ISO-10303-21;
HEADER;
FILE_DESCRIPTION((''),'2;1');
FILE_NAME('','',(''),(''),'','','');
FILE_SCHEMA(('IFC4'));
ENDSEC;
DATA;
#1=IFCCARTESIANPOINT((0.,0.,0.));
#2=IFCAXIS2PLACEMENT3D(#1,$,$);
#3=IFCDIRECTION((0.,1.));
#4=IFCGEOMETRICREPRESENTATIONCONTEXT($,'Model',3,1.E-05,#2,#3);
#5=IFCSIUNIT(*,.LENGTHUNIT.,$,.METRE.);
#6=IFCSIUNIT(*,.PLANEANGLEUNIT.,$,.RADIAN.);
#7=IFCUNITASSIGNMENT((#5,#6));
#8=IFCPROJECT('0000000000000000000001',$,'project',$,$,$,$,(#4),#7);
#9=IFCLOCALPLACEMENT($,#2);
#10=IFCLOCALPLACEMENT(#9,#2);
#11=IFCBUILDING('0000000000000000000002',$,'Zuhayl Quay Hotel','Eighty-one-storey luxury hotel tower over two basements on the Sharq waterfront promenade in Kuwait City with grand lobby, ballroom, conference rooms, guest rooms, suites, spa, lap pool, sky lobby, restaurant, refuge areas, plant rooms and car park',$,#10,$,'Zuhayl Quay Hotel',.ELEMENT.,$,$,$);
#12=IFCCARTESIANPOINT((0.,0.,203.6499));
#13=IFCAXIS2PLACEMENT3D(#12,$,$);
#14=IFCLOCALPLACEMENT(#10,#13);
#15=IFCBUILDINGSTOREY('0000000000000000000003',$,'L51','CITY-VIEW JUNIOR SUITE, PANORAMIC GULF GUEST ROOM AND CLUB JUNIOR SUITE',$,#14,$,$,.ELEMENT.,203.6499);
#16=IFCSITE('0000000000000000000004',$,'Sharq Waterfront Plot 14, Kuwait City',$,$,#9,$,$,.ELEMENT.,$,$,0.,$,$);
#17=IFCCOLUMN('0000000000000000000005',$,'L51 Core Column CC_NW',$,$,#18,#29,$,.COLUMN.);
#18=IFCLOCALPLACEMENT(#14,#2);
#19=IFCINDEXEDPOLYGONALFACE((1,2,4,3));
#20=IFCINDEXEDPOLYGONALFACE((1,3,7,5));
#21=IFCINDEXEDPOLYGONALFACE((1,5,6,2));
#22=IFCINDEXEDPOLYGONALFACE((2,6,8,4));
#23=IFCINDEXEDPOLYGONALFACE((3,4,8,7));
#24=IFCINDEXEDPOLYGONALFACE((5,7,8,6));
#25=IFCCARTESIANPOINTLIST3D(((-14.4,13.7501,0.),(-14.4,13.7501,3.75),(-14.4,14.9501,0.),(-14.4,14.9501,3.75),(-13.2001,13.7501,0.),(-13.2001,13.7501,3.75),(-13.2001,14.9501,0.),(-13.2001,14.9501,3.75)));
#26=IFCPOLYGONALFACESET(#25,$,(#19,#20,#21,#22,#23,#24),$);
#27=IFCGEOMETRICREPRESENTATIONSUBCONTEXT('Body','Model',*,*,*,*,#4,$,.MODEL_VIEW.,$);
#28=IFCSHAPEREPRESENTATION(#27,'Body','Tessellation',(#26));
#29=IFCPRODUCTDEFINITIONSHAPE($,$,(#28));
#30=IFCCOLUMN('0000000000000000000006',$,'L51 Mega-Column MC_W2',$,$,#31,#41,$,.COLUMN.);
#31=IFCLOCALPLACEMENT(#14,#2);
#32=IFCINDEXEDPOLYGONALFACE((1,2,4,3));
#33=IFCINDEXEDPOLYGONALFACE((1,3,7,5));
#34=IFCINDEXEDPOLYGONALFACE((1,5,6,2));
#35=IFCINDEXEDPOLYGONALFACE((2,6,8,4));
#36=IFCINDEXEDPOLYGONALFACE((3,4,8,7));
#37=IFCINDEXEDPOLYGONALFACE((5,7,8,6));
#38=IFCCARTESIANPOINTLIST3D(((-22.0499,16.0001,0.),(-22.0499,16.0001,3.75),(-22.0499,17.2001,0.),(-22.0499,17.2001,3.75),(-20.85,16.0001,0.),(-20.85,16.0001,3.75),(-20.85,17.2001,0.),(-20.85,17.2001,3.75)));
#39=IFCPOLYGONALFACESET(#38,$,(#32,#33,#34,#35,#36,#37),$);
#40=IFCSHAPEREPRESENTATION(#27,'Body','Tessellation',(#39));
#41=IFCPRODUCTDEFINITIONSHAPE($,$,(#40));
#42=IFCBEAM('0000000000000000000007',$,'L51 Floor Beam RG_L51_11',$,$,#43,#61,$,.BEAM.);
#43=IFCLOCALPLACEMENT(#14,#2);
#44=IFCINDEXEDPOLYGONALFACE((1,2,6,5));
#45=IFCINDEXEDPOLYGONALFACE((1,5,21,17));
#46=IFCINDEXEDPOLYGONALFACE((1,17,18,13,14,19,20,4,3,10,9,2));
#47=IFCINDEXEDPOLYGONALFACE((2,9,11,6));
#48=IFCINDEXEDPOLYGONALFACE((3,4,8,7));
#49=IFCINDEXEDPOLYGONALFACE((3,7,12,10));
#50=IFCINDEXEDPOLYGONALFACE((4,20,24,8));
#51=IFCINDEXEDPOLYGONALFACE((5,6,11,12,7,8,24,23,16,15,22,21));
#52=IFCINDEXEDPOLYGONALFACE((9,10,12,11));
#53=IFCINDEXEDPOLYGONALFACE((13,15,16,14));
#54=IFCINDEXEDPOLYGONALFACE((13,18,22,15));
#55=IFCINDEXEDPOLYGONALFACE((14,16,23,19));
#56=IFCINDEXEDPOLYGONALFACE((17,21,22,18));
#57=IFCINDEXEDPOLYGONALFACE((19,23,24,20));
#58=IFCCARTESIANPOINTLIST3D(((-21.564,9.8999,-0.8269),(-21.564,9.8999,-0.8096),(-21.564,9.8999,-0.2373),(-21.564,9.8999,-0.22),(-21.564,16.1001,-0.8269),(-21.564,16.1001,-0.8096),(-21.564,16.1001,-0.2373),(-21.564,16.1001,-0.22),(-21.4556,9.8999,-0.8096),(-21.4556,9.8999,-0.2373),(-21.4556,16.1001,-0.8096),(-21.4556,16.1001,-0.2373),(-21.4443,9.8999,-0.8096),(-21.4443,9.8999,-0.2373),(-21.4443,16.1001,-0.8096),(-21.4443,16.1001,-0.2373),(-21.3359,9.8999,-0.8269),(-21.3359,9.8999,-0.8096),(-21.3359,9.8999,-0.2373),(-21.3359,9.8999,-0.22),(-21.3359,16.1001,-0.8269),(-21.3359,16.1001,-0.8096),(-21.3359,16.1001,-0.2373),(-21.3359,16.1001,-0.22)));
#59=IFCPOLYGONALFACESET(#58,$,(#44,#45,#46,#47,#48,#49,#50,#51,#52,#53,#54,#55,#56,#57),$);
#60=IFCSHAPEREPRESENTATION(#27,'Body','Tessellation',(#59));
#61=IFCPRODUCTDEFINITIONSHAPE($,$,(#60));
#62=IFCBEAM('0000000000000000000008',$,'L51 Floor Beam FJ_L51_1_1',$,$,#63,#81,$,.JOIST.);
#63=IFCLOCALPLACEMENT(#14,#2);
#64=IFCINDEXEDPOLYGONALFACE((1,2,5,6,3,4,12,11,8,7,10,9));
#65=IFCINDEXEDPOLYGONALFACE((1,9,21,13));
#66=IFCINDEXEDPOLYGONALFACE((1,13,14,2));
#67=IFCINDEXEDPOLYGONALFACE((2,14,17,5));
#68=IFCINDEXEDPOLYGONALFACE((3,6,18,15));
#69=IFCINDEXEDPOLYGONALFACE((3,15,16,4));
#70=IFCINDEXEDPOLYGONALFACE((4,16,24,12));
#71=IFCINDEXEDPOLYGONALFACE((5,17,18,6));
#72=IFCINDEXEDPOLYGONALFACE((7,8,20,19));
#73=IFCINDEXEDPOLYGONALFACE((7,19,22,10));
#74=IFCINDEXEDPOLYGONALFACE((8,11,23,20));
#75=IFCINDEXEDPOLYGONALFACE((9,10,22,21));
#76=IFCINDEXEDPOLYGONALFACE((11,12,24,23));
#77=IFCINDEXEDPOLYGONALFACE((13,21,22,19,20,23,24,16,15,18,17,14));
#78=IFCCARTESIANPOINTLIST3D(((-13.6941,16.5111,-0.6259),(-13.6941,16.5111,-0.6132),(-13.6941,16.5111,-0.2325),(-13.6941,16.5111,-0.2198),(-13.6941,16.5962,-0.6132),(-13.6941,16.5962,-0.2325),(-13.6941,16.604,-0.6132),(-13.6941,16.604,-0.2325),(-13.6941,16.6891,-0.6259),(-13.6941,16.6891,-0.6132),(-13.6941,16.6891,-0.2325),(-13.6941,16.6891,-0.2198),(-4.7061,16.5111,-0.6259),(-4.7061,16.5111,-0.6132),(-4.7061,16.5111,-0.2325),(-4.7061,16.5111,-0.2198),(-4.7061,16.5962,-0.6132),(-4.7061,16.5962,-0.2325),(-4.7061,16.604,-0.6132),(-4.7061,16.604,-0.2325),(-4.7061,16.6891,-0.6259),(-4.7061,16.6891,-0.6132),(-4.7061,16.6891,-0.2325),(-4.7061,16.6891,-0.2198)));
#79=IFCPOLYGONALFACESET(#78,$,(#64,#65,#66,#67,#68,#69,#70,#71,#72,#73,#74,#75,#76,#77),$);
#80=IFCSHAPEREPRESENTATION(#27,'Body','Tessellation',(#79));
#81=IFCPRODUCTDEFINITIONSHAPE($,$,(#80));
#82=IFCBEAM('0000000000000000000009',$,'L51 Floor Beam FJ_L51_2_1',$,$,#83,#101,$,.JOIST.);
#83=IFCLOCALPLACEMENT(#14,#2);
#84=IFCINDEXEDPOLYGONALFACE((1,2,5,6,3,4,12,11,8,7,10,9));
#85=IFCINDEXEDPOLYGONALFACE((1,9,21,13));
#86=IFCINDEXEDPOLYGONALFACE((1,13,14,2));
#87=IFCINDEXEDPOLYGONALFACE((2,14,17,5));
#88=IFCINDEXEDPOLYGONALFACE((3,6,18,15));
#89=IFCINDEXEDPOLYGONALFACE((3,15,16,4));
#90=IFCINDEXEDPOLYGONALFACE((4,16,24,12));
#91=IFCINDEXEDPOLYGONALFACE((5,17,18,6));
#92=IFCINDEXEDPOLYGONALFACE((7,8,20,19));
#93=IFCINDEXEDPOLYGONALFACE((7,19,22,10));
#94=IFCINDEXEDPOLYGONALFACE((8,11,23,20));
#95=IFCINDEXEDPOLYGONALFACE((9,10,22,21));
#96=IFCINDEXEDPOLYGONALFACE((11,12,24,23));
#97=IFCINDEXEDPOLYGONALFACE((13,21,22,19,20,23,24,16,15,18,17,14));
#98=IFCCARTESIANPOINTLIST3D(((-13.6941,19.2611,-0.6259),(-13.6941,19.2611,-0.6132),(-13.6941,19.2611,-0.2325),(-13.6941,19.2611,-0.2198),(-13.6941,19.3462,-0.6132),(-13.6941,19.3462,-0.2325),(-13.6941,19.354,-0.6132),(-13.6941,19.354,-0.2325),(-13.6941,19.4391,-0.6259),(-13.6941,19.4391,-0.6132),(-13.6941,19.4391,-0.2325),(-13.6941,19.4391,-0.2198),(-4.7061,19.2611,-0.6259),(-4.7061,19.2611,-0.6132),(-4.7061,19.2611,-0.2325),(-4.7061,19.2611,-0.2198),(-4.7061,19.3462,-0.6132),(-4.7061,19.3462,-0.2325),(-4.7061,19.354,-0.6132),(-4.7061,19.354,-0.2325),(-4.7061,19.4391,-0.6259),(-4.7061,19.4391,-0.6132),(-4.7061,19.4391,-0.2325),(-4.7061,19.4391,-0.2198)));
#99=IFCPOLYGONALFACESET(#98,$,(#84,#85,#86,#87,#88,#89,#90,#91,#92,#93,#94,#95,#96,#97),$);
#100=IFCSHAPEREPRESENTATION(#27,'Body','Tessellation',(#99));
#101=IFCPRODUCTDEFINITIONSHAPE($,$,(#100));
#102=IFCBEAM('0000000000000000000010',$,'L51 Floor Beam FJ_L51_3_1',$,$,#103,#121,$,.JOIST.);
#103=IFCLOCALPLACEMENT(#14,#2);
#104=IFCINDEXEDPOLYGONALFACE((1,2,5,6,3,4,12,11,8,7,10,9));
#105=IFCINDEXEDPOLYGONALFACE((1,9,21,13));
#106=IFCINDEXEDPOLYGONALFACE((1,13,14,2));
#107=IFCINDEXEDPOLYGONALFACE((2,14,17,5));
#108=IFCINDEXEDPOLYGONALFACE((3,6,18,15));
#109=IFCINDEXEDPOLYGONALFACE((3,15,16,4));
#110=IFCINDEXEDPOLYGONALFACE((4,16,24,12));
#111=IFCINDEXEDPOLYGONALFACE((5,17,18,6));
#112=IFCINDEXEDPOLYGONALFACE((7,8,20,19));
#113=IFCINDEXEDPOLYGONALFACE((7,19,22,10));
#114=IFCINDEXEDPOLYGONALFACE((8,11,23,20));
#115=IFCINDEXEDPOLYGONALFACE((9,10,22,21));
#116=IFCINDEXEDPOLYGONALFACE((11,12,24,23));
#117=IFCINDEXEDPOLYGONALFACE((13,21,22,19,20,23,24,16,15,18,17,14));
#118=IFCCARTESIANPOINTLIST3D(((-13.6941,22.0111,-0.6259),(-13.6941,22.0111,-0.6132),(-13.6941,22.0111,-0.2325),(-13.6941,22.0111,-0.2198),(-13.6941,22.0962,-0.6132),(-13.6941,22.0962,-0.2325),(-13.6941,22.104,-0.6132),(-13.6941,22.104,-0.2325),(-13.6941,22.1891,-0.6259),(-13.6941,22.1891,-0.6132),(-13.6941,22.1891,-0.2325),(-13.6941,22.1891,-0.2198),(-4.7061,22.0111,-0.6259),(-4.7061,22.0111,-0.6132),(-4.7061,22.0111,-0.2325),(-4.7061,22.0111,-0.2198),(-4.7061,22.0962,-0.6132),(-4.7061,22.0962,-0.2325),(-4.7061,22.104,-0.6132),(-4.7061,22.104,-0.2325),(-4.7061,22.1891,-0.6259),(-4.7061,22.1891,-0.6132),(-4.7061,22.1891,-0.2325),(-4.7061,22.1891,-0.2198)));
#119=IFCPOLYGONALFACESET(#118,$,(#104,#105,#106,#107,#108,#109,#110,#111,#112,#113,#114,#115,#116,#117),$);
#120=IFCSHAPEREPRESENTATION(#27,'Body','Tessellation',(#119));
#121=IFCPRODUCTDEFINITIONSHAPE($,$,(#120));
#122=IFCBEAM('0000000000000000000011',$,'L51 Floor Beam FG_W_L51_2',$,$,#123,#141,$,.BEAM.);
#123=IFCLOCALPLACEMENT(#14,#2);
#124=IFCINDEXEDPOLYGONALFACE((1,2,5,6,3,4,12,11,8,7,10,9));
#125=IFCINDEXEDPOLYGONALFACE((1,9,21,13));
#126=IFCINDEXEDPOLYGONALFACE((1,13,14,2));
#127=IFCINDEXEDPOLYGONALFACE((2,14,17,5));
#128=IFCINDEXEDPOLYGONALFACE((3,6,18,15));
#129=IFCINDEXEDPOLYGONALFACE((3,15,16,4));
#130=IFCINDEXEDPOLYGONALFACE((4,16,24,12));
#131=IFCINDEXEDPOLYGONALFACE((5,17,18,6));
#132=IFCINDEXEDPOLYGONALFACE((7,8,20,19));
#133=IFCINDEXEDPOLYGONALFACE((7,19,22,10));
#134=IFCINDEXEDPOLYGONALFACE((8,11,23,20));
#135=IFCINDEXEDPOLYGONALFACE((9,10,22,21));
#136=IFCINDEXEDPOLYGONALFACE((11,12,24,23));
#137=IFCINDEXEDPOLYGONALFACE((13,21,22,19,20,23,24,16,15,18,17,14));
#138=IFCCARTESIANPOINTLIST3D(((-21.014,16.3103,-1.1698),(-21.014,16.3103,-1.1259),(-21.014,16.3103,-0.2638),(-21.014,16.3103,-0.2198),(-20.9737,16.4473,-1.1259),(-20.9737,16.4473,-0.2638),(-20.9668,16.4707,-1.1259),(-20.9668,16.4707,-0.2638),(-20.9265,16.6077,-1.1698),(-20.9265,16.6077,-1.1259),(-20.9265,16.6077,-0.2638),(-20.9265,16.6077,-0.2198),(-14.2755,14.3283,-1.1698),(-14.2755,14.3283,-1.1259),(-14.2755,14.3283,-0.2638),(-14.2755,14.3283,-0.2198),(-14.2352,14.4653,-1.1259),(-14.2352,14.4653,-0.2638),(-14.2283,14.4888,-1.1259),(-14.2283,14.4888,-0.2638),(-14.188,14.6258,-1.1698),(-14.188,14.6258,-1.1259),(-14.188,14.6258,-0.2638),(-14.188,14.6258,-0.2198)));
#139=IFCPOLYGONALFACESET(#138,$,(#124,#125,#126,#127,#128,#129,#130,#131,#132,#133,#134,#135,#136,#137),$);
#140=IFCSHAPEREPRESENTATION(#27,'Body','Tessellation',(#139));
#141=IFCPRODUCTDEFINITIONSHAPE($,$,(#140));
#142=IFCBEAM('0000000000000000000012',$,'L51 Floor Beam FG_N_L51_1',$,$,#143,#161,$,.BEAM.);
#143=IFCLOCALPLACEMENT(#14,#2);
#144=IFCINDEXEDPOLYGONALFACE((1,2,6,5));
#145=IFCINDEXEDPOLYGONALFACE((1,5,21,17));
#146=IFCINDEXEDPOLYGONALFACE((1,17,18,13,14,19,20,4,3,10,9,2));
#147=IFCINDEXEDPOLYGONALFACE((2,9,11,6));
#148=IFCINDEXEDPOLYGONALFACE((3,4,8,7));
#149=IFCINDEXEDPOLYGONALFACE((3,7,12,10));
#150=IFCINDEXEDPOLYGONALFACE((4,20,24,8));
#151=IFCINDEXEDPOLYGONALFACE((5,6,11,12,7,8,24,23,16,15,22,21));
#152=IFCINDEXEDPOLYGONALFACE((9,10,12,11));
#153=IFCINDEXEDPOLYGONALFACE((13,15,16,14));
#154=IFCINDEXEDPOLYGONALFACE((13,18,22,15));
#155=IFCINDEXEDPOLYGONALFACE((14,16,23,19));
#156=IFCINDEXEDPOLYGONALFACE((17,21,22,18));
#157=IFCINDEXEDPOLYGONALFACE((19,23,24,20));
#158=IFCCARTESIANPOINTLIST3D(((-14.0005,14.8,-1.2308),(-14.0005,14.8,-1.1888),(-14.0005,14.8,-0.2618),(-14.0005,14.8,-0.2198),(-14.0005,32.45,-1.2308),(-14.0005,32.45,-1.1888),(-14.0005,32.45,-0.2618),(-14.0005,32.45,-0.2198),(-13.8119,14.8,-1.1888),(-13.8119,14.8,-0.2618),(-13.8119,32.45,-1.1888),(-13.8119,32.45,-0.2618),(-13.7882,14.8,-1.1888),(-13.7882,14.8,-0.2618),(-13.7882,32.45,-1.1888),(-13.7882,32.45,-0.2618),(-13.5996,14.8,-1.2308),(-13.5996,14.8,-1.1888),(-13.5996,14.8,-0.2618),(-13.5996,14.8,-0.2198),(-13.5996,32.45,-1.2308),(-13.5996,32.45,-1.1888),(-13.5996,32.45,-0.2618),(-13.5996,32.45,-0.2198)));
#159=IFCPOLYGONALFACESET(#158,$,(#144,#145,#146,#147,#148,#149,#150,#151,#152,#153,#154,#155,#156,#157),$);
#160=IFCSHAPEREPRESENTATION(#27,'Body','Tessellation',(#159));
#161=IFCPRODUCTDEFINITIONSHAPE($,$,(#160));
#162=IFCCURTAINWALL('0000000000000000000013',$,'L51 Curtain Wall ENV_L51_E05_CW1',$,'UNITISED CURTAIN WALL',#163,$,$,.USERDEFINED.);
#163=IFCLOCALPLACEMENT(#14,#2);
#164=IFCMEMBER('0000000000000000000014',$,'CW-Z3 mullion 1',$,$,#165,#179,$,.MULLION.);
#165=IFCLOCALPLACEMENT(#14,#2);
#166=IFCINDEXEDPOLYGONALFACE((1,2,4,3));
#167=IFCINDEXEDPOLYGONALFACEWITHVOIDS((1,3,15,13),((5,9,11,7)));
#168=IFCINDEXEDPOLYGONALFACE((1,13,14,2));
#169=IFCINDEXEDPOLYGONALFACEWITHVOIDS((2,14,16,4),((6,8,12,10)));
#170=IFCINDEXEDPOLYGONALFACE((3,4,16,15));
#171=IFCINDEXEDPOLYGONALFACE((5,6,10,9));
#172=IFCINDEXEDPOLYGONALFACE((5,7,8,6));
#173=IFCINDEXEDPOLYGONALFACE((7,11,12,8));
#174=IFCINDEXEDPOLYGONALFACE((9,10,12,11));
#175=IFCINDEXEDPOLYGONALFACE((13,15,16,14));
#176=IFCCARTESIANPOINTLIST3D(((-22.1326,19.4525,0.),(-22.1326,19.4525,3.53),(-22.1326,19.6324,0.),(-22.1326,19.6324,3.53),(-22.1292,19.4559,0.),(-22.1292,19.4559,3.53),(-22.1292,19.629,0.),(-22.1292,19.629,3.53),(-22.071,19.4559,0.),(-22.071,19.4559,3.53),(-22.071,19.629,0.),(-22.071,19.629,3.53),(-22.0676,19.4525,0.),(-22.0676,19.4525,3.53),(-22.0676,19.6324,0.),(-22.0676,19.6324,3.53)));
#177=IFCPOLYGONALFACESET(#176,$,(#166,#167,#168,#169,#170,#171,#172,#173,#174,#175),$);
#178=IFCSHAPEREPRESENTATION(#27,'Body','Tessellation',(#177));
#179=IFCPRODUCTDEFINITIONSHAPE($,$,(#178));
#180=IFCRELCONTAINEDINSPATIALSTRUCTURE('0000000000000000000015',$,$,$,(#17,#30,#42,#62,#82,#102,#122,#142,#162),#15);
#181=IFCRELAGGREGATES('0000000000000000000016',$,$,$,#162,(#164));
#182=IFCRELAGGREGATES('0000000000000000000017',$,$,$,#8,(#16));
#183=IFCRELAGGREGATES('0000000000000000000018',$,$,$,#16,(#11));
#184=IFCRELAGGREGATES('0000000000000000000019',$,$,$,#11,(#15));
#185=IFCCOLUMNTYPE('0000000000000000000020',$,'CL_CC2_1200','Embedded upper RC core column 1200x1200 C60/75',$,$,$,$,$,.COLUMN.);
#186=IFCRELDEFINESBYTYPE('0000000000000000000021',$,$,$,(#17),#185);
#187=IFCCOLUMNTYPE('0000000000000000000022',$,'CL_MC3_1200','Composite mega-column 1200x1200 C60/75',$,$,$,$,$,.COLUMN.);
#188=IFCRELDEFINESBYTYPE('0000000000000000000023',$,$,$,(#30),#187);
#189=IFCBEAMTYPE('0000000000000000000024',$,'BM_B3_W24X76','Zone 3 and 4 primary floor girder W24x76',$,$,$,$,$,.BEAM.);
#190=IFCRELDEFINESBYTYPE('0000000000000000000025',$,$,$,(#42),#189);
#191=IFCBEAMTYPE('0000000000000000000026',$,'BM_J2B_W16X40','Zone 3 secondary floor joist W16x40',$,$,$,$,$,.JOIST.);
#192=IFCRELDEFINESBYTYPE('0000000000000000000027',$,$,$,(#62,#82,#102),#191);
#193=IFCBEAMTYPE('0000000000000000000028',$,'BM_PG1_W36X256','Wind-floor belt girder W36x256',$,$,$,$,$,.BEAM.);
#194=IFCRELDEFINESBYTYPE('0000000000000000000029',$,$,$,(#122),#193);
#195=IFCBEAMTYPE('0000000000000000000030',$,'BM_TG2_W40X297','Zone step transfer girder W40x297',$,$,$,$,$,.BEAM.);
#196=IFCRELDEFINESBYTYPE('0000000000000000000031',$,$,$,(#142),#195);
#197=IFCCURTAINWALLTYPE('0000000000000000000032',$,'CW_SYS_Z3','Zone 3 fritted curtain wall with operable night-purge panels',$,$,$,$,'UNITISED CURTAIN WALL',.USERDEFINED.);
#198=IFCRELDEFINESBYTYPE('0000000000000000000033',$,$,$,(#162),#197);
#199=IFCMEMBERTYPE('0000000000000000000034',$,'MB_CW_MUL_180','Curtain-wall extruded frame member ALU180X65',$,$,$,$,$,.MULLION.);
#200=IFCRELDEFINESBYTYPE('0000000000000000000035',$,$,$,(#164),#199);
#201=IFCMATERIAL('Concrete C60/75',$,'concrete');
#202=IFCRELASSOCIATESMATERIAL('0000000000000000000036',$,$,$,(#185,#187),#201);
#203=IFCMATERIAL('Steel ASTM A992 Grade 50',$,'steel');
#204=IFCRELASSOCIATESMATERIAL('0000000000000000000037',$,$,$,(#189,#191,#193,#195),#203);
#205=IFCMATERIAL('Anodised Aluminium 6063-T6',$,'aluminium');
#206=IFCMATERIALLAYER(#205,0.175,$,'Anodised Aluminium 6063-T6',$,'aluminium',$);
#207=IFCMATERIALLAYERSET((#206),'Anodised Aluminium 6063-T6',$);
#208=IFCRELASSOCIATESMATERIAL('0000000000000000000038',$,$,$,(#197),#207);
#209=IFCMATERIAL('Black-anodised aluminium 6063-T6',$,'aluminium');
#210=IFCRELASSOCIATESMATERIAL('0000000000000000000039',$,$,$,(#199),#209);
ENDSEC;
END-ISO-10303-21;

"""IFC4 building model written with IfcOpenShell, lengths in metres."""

from ifc_helpers import new_model, si_unit, direction, frame, origin, origin_2d, place, context, subcontext, project, spatial, rectangle, hollow_rectangle, i_section, extrude, material, layer, layer_set, material_profile, profile_set, type_object, element, aggregate, save


model = new_model("IFC4")

# Units and contexts
model_context = context("Model", 3, precision=1e-05, world=origin(), true_north=direction((0.0, 1.0)))
body_context = subcontext(model_context, "Body", "Model", "MODEL_VIEW")
ifc_project = project(units=[si_unit("LENGTHUNIT", "METRE"), si_unit("PLANEANGLEUNIT", "RADIAN")], contexts=[model_context])

# Site, building, storey
site_placement = place(None, origin())
site = spatial("IfcSite", under=ifc_project, at=site_placement, Name="Sharq Waterfront Plot 14, Kuwait City", CompositionType="ELEMENT", RefElevation=0.0)
building_placement = place(site_placement, origin())
building = spatial("IfcBuilding", under=site, at=building_placement, Name="Zuhayl Quay Hotel", Description="Eighty-one-storey luxury hotel tower over two basements on the Sharq waterfront promenade in Kuwait City with grand lobby, ballroom, conference rooms, guest rooms, suites, spa, lap pool, sky lobby, restaurant, refuge areas, plant rooms and car park", LongName="Zuhayl Quay Hotel", CompositionType="ELEMENT")
storey_placement = place(building_placement, frame((0.0, 0.0, 203.6499)))
storey = spatial("IfcBuildingStorey", under=building, at=storey_placement, Name="L51", Description="CITY-VIEW JUNIOR SUITE, PANORAMIC GULF GUEST ROOM AND CLUB JUNIOR SUITE", CompositionType="ELEMENT", Elevation=203.6499)

# Columns
ifc_material_1 = material(Name="Concrete C60/75", Category="concrete")
ifc_material_profile_1 = material_profile(ifc_material_1, rectangle(XDim=1.2, YDim=1.2, at=origin_2d()), Name="RC1200X1200")
ifc_profile_set_1 = profile_set([ifc_material_profile_1], Name="Concrete C60/75")
column_type_1 = type_object("IfcColumnType", Name="CL_CC2_1200", Description="Embedded upper RC core column 1200x1200 C60/75", PredefinedType="COLUMN", material=ifc_profile_set_1)
column_1_placement = place(storey_placement, frame((-13.8, 14.3501, 0.0), z_axis=(0.0, 0.0, 1.0), x_axis=(1.0, 0.0, 0.0)))
element("IfcColumn", 1, at=column_1_placement, inside=storey, type_object=column_type_1, Name="L51 Core Column CC_NW", PredefinedType="COLUMN", context=body_context, shape_type="SweptSolid", body=[
    extrude(rectangle(XDim=1.2, YDim=1.2, at=origin_2d()), origin(), (0.0, 0.0, 1.0), 3.75),
])
ifc_material_profile_2 = material_profile(ifc_material_1, rectangle(XDim=1.2, YDim=1.2, at=origin_2d()), Name="RC1200X1200")
ifc_profile_set_2 = profile_set([ifc_material_profile_2], Name="Concrete C60/75")
column_type_2 = type_object("IfcColumnType", Name="CL_MC3_1200", Description="Composite mega-column 1200x1200 C60/75", PredefinedType="COLUMN", material=ifc_profile_set_2)
column_2_placement = place(storey_placement, frame((-21.45, 16.6001, 0.0), z_axis=(0.0, 0.0, 1.0), x_axis=(1.0, 0.0, 0.0)))
element("IfcColumn", 2, at=column_2_placement, inside=storey, type_object=column_type_2, Name="L51 Mega-Column MC_W2", PredefinedType="COLUMN", context=body_context, shape_type="SweptSolid", body=[
    extrude(rectangle(XDim=1.2, YDim=1.2, at=origin_2d()), origin(), (0.0, 0.0, 1.0), 3.75),
])

# Beams
ifc_material_2 = material(Name="Steel ASTM A992 Grade 50", Category="steel")
ifc_material_profile_3 = material_profile(ifc_material_2, i_section(OverallWidth=0.228, OverallDepth=0.6069, WebThickness=0.0112, FlangeThickness=0.0173, at=origin_2d()), Name="W24X76")
ifc_profile_set_3 = profile_set([ifc_material_profile_3], Name="Steel ASTM A992 Grade 50")
beam_type_1 = type_object("IfcBeamType", Name="BM_B3_W24X76", Description="Zone 3 and 4 primary floor girder W24x76", PredefinedType="BEAM", material=ifc_profile_set_3)
beam_1_placement = place(storey_placement, frame((-21.45, 16.1001, -0.5234), z_axis=(0.0, -1.0, 0.0), x_axis=(1.0, 0.0, 0.0)))
element("IfcBeam", 3, at=beam_1_placement, inside=storey, type_object=beam_type_1, Name="L51 Floor Beam RG_L51_11", PredefinedType="BEAM", context=body_context, shape_type="SweptSolid", body=[
    extrude(i_section(OverallWidth=0.228, OverallDepth=0.6069, WebThickness=0.0112, FlangeThickness=0.0173, at=origin_2d()), origin(), (0.0, 0.0, 1.0), 6.2002),
])
ifc_material_profile_4 = material_profile(ifc_material_2, i_section(OverallWidth=0.178, OverallDepth=0.406, WebThickness=0.0078, FlangeThickness=0.0127, at=origin_2d()), Name="W16X40")
ifc_profile_set_4 = profile_set([ifc_material_profile_4], Name="Steel ASTM A992 Grade 50")
beam_type_2 = type_object("IfcBeamType", Name="BM_J2B_W16X40", Description="Zone 3 secondary floor joist W16x40", PredefinedType="JOIST", material=ifc_profile_set_4)
for number, where, z_axis, x_axis, name in (
    (4, (-13.6941, 16.6001, -0.4229), (1.0, 0.0, 0.0), (0.0, 1.0, 0.0), "L51 Floor Beam FJ_L51_1_1"),
    (5, (-13.6941, 19.3501, -0.4229), (1.0, 0.0, 0.0), (0.0, 1.0, 0.0), "L51 Floor Beam FJ_L51_2_1"),
    (6, (-13.6941, 22.1001, -0.4229), (1.0, 0.0, 0.0), (0.0, 1.0, 0.0), "L51 Floor Beam FJ_L51_3_1"),
):
    element("IfcBeam", number, at=place(storey_placement, frame(where, z_axis=z_axis, x_axis=x_axis)), inside=storey, type_object=beam_type_2, Name=name, PredefinedType="JOIST", context=body_context, shape_type="SweptSolid", body=[
        extrude(i_section(OverallWidth=0.178, OverallDepth=0.406, WebThickness=0.0078, FlangeThickness=0.0127, at=origin_2d()), origin(), (0.0, 0.0, 1.0), 8.988),
    ])
ifc_material_profile_5 = material_profile(ifc_material_2, i_section(OverallWidth=0.3101, OverallDepth=0.95, WebThickness=0.0244, FlangeThickness=0.0439, at=origin_2d()), Name="W36X256")
ifc_profile_set_5 = profile_set([ifc_material_profile_5], Name="Steel ASTM A992 Grade 50")
beam_type_3 = type_object("IfcBeamType", Name="BM_PG1_W36X256", Description="Wind-floor belt girder W36x256", PredefinedType="BEAM", material=ifc_profile_set_5)
beam_2_placement = place(storey_placement, frame((-20.9702, 16.459, -0.6948), z_axis=(0.959365, -0.282168, 0.0), x_axis=(0.282168, 0.959365, 0.0)))
element("IfcBeam", 7, at=beam_2_placement, inside=storey, type_object=beam_type_3, Name="L51 Floor Beam FG_W_L51_2", PredefinedType="BEAM", context=body_context, shape_type="SweptSolid", body=[
    extrude(i_section(OverallWidth=0.3101, OverallDepth=0.95, WebThickness=0.0244, FlangeThickness=0.0439, at=origin_2d()), origin(), (0.0, 0.0, 1.0), 7.0239),
])
ifc_material_profile_6 = material_profile(ifc_material_2, i_section(OverallWidth=0.4009, OverallDepth=1.011, WebThickness=0.0237, FlangeThickness=0.042, at=origin_2d()), Name="W40X297")
ifc_profile_set_6 = profile_set([ifc_material_profile_6], Name="Steel ASTM A992 Grade 50")
beam_type_4 = type_object("IfcBeamType", Name="BM_TG2_W40X297", Description="Zone step transfer girder W40x297", PredefinedType="BEAM", material=ifc_profile_set_6)
beam_3_placement = place(storey_placement, frame((-13.8, 14.8, -0.7253), z_axis=(0.0, 1.0, 0.0), x_axis=(-1.0, 0.0, 0.0)))
element("IfcBeam", 8, at=beam_3_placement, inside=storey, type_object=beam_type_4, Name="L51 Floor Beam FG_N_L51_1", PredefinedType="BEAM", context=body_context, shape_type="SweptSolid", body=[
    extrude(i_section(OverallWidth=0.4009, OverallDepth=1.011, WebThickness=0.0237, FlangeThickness=0.042, at=origin_2d()), origin(), (0.0, 0.0, 1.0), 17.6499),
])

# Curtain wall, member
ifc_material_3 = material(Name="Anodised Aluminium 6063-T6", Category="aluminium")
ifc_layer_1 = layer(ifc_material_3, 0.175, Name="Anodised Aluminium 6063-T6", Category="aluminium")
ifc_layer_set_1 = layer_set([ifc_layer_1], Name="Anodised Aluminium 6063-T6")
curtain_wall_type = type_object("IfcCurtainWallType", Name="CW_SYS_Z3", Description="Zone 3 fritted curtain wall with operable night-purge panels", ElementType="UNITISED CURTAIN WALL", PredefinedType="USERDEFINED", material=ifc_layer_set_1)
curtain_wall_placement = place(storey_placement, origin())
curtain_wall = element("IfcCurtainWall", 9, at=curtain_wall_placement, inside=storey, type_object=curtain_wall_type, Name="L51 Curtain Wall ENV_L51_E05_CW1", ObjectType="UNITISED CURTAIN WALL", PredefinedType="USERDEFINED")
ifc_material_4 = material(Name="Black-anodised aluminium 6063-T6", Category="aluminium")
ifc_material_profile_7 = material_profile(ifc_material_4, hollow_rectangle(XDim=0.0649, YDim=0.1799, WallThickness=0.0034, at=origin_2d()), Name="ALU180X65")
ifc_profile_set_7 = profile_set([ifc_material_profile_7], Name="Black-anodised aluminium 6063-T6")
member_type_1 = type_object("IfcMemberType", Name="MB_CW_MUL_180", Description="Curtain-wall extruded frame member ALU180X65", PredefinedType="MULLION", material=ifc_profile_set_7)
member_1_placement = place(storey_placement, frame((-22.1001, 19.5425, 0.0), z_axis=(0.0, 0.0, 1.0), x_axis=(-1.0, 0.0, 0.0)))
member_1 = element("IfcMember", 10, at=member_1_placement, type_object=member_type_1, Name="CW-Z3 mullion 1", PredefinedType="MULLION", context=body_context, shape_type="SweptSolid", body=[
    extrude(hollow_rectangle(XDim=0.0649, YDim=0.1799, WallThickness=0.0034, at=origin_2d()), origin(), (0.0, 0.0, 1.0), 3.53),
])
aggregate(curtain_wall, [member_1])

save(model, "model.ifc")
